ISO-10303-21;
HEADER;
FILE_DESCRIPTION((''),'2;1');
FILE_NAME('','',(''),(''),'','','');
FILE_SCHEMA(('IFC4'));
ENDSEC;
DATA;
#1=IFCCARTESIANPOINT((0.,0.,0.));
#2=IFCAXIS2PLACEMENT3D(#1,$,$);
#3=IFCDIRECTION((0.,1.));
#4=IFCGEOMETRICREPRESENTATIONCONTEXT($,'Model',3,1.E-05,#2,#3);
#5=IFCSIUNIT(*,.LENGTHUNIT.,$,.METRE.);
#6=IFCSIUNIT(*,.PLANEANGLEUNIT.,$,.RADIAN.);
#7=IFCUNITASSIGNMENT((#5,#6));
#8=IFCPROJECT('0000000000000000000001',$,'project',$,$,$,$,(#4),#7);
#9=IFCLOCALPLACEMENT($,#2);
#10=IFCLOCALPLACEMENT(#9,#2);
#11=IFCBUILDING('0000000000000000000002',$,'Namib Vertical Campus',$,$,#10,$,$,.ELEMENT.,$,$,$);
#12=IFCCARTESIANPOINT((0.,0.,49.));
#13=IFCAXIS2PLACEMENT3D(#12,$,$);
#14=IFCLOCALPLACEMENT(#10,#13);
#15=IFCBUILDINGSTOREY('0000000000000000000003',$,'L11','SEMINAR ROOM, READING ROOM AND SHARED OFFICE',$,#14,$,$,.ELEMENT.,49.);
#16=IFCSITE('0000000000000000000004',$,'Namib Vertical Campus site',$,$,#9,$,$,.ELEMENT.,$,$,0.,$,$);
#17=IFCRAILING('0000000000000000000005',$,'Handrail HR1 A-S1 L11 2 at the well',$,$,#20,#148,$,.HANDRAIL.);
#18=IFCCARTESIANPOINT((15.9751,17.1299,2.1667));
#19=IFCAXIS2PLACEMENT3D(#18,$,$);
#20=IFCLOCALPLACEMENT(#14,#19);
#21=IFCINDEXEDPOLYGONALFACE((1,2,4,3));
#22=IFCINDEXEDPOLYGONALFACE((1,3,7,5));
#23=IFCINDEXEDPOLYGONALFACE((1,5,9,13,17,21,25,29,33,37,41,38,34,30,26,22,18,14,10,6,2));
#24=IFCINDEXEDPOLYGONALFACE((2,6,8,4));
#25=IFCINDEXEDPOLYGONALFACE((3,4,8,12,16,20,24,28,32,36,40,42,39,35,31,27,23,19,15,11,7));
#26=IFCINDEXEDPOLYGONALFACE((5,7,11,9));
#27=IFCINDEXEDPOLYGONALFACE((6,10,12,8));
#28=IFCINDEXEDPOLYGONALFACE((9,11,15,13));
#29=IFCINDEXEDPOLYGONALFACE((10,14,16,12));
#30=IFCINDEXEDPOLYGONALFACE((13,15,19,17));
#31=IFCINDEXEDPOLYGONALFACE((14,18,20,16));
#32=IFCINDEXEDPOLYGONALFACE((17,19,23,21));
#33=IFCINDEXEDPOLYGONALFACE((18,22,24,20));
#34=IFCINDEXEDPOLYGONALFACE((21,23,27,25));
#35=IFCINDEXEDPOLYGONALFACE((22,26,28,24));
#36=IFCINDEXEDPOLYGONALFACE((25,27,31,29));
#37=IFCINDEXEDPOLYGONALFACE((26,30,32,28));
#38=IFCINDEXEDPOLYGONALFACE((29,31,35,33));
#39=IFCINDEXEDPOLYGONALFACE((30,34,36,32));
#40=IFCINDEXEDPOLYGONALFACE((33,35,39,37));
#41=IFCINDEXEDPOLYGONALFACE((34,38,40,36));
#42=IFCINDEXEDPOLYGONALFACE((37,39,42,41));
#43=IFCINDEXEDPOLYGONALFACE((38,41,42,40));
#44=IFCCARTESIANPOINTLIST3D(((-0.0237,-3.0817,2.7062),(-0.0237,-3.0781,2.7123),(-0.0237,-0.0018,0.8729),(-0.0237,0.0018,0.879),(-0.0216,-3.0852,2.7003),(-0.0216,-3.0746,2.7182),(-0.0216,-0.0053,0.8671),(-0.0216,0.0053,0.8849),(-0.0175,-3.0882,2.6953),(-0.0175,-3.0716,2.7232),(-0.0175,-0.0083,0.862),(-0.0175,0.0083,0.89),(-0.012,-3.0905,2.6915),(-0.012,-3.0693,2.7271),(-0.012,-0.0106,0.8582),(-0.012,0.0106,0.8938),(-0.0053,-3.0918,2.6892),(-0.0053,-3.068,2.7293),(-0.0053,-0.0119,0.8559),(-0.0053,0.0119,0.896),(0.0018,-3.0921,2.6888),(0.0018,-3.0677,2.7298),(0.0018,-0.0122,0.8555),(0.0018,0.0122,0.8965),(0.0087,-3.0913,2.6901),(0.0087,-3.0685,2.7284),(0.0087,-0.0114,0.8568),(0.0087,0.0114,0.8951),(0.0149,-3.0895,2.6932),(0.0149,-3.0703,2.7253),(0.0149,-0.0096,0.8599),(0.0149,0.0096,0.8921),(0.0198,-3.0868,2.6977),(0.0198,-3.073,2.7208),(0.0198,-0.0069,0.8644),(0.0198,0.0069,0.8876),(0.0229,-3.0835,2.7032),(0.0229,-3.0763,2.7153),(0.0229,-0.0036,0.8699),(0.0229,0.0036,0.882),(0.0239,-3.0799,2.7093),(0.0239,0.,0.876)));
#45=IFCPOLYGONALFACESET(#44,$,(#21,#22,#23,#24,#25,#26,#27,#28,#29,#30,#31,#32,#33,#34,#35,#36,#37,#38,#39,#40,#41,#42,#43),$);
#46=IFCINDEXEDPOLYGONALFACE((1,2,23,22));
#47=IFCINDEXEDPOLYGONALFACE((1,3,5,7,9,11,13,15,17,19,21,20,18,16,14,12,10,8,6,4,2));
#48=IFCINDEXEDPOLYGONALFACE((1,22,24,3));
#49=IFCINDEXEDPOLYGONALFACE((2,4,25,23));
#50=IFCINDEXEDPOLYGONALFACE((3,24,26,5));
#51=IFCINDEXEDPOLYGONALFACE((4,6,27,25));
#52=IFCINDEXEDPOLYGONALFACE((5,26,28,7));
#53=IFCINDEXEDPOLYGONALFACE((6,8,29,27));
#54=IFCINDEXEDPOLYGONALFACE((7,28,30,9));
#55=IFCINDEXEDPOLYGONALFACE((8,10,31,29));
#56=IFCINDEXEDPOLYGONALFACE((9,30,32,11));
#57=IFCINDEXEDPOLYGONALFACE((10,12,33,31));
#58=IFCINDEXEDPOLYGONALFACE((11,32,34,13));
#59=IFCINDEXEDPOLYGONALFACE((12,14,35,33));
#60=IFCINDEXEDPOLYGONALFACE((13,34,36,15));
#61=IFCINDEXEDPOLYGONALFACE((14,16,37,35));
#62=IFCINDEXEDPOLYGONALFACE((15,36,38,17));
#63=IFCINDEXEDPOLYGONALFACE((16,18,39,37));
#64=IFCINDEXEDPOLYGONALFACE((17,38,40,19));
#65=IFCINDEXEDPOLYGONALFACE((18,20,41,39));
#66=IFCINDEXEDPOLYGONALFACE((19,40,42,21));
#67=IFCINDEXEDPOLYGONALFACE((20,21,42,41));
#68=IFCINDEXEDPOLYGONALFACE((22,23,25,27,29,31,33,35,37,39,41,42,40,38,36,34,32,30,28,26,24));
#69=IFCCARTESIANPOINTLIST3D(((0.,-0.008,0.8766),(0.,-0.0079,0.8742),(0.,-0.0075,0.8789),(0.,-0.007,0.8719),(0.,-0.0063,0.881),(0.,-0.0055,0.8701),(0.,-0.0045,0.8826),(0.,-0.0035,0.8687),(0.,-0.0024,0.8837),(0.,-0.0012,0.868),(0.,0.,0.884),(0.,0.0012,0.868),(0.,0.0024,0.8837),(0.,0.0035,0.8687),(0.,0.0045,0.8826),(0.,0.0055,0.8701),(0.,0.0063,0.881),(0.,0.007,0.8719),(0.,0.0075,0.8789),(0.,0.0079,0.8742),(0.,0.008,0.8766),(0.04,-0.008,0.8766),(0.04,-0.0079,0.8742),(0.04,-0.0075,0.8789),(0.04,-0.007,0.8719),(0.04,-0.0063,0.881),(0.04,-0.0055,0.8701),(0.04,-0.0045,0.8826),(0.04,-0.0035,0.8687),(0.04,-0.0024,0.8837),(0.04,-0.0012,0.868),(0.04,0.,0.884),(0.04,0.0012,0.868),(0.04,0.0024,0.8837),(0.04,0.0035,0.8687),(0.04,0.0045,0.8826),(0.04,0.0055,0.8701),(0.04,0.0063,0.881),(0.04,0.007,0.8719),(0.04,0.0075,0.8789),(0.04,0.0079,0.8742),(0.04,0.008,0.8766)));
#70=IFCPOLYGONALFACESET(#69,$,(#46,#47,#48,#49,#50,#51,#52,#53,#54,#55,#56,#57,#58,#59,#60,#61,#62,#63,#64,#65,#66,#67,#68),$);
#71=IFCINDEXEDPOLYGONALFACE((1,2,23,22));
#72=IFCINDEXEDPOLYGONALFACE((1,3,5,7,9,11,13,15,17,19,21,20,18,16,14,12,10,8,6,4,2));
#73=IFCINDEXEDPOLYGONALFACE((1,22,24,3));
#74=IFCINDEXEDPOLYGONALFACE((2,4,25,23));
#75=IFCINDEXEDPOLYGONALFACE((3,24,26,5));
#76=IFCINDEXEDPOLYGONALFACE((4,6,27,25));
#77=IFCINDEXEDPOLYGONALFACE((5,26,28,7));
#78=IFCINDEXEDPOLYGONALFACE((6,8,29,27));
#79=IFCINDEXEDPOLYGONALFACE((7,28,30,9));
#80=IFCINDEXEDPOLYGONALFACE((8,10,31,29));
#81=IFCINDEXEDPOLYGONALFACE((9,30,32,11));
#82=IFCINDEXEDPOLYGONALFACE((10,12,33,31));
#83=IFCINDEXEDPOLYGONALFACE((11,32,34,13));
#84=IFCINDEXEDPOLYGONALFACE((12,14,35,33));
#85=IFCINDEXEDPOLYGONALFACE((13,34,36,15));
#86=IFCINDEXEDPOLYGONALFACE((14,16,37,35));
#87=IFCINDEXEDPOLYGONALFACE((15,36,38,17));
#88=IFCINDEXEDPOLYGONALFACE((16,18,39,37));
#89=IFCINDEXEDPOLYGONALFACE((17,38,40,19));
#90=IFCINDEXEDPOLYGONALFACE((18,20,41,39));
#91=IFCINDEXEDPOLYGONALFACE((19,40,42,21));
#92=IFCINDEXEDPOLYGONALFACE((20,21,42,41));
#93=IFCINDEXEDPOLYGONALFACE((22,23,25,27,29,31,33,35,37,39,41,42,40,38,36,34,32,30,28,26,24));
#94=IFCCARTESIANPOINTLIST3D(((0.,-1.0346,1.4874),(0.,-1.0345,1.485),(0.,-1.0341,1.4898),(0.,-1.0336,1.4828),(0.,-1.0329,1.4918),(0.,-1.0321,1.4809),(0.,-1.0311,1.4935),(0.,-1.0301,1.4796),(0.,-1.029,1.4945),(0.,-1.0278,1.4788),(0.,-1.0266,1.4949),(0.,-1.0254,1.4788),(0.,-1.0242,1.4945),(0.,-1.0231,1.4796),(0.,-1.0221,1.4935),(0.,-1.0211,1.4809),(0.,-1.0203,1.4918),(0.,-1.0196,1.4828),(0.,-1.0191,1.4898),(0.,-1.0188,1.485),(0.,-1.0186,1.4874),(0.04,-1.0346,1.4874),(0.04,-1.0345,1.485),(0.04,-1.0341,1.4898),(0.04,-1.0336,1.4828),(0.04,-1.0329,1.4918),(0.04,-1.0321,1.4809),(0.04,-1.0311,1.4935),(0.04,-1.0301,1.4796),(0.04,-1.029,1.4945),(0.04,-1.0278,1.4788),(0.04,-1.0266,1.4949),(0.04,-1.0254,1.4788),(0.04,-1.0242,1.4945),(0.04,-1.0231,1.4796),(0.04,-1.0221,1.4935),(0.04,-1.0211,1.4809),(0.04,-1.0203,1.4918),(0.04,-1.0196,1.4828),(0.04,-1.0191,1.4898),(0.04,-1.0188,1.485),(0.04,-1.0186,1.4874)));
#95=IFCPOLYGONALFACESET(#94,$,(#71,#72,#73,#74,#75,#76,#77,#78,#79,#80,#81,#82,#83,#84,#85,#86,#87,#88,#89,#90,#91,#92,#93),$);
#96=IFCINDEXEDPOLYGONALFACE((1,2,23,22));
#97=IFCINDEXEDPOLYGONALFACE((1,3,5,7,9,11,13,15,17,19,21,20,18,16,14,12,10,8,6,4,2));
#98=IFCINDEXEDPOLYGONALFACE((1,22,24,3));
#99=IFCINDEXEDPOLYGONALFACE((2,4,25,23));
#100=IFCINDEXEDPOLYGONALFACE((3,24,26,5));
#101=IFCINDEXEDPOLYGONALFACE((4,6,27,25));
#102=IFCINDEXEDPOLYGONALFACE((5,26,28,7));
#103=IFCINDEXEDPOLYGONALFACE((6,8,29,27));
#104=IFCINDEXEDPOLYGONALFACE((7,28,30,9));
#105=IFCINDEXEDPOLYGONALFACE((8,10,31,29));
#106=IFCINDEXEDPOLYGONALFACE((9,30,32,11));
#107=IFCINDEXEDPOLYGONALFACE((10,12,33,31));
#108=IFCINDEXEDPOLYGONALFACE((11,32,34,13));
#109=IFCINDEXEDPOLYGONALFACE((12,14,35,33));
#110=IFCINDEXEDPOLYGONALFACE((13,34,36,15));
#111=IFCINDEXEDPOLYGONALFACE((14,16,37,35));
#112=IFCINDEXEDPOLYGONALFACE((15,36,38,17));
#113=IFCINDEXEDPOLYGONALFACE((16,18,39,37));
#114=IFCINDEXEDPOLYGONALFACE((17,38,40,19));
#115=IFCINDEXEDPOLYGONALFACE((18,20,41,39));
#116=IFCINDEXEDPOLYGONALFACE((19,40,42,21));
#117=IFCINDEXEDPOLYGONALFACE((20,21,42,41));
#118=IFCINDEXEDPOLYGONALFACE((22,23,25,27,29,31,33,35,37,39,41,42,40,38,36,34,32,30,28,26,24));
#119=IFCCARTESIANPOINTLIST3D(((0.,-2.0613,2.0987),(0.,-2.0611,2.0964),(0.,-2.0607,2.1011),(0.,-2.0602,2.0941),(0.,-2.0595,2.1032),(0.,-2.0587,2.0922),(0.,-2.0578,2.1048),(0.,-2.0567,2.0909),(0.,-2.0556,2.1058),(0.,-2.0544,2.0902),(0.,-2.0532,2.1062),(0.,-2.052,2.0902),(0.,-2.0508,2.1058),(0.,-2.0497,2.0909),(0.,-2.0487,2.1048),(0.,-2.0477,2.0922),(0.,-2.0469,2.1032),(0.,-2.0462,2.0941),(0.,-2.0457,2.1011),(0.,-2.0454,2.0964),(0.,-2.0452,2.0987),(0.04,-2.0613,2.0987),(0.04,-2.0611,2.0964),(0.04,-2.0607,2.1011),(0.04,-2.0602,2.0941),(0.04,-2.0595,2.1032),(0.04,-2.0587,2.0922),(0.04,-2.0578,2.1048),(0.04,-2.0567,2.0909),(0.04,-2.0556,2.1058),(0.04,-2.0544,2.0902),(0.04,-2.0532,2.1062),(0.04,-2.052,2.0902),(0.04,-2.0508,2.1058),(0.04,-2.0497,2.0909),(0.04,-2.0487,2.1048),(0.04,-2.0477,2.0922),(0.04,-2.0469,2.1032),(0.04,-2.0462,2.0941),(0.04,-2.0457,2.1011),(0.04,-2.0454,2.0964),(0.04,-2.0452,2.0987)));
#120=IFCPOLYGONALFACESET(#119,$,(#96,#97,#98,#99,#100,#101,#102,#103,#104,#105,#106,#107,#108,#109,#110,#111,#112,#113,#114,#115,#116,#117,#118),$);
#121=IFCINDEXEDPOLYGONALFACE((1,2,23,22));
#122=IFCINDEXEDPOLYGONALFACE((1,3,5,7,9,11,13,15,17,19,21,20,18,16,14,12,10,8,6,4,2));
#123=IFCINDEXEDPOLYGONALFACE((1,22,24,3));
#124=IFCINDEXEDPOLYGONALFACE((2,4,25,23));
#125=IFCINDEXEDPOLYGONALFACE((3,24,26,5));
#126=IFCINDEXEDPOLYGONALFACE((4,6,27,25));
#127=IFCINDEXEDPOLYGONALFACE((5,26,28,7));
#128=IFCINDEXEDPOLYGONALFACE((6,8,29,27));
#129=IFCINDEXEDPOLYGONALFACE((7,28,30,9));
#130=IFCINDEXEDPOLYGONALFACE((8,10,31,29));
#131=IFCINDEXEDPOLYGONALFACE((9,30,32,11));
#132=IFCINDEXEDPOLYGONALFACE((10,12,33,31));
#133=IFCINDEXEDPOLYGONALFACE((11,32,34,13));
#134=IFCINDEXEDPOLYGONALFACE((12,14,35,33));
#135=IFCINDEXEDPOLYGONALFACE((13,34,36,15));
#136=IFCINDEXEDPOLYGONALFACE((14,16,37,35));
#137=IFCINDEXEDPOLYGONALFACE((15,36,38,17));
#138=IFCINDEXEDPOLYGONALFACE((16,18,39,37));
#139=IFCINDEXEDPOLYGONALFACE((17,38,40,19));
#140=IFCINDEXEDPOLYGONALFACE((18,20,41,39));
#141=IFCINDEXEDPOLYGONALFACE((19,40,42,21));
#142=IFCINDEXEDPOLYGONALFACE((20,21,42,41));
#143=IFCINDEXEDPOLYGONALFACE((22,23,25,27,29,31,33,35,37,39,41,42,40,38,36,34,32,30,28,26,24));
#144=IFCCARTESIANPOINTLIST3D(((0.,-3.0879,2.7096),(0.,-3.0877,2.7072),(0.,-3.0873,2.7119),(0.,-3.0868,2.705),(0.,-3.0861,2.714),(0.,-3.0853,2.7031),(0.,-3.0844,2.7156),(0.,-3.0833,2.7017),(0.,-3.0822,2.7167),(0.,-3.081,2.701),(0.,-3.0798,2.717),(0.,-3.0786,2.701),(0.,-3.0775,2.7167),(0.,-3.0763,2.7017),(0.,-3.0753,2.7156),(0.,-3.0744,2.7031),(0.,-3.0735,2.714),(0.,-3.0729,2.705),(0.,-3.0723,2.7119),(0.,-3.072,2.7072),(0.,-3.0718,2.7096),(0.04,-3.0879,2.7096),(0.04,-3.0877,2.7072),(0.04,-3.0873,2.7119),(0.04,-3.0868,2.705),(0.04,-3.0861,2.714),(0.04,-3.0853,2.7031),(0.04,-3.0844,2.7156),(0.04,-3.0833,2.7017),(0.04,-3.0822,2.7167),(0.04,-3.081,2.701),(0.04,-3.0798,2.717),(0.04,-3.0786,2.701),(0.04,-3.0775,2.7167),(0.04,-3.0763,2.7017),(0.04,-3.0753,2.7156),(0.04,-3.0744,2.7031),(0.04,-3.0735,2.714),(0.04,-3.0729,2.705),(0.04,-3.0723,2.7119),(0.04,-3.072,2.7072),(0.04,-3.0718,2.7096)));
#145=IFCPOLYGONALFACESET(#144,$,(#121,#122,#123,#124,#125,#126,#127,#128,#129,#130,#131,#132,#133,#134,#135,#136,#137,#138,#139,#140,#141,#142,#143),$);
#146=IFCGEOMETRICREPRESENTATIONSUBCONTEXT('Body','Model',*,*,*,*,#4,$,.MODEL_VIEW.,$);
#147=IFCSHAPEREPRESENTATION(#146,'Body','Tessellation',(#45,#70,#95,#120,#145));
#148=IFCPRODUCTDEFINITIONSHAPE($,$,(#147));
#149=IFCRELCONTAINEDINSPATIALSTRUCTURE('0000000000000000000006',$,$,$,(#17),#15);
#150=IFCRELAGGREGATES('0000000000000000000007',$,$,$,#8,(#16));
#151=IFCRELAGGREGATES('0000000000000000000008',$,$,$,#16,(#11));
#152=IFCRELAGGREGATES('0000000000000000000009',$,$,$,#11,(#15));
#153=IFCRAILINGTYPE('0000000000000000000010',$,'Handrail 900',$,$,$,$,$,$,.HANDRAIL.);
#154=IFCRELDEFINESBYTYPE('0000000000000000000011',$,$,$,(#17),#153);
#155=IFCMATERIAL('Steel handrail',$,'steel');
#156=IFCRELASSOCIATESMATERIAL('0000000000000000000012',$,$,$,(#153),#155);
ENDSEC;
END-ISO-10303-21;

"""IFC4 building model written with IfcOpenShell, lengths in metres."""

from ifc_helpers import new_model, si_unit, direction, frame, origin, origin_2d, place, context, subcontext, project, spatial, circle, extrude, material, type_object, element, save


model = new_model("IFC4")

# Units and contexts
model_context = context("Model", 3, precision=1e-05, world=origin(), true_north=direction((0.0, 1.0)))
body_context = subcontext(model_context, "Body", "Model", "MODEL_VIEW")
ifc_project = project(units=[si_unit("LENGTHUNIT", "METRE"), si_unit("PLANEANGLEUNIT", "RADIAN")], contexts=[model_context])

# Site, building, storey
site_placement = place(None, origin())
site = spatial("IfcSite", under=ifc_project, at=site_placement, Name="Namib Vertical Campus site", CompositionType="ELEMENT", RefElevation=0.0)
building_placement = place(site_placement, origin())
building = spatial("IfcBuilding", under=site, at=building_placement, Name="Namib Vertical Campus", CompositionType="ELEMENT")
storey_placement = place(building_placement, frame((0.0, 0.0, 49.0)))
storey = spatial("IfcBuildingStorey", under=building, at=storey_placement, Name="L11", Description="SEMINAR ROOM, READING ROOM AND SHARED OFFICE", CompositionType="ELEMENT", Elevation=49.0)

# Railing
ifc_material_1 = material(Name="Steel handrail", Category="steel")
railing_type_1 = type_object("IfcRailingType", Name="Handrail 900", PredefinedType="HANDRAIL", material=ifc_material_1)
railing_1_placement = place(storey_placement, frame((15.9751, 17.1299, 2.1667)))
element("IfcRailing", 1, at=railing_1_placement, inside=storey, type_object=railing_type_1, Name="Handrail HR1 A-S1 L11 2 at the well", PredefinedType="HANDRAIL", context=body_context, shape_type="SweptSolid", body=[
    extrude(circle(Radius=0.0239, at=origin_2d()), frame((0.0, 0.0, 0.876), z_axis=(0.0, -0.859291, 0.511487), x_axis=(1.0, 0.0, 0.0)), (0.0, 0.0, 1.0), 3.5842),
    extrude(circle(Radius=0.0081, at=origin_2d()), frame((0.0, 0.0, 0.876), z_axis=(1.0, 0.0, 0.0), x_axis=(0.0, 0.0, 1.0)), (0.0, 0.0, 1.0), 0.04),
    extrude(circle(Radius=0.0081, at=origin_2d()), frame((0.0, -1.0266, 1.4868), z_axis=(1.0, 0.0, 0.0), x_axis=(0.0, 0.0, 1.0)), (0.0, 0.0, 1.0), 0.04),
    extrude(circle(Radius=0.0081, at=origin_2d()), frame((0.0, -2.0532, 2.0981), z_axis=(1.0, 0.0, 0.0), x_axis=(0.0, 0.0, 1.0)), (0.0, 0.0, 1.0), 0.04),
    extrude(circle(Radius=0.0081, at=origin_2d()), frame((0.0, -3.0798, 2.709), z_axis=(1.0, 0.0, 0.0), x_axis=(0.0, 0.0, 1.0)), (0.0, 0.0, 1.0), 0.04),
])

save(model, "model.ifc")
